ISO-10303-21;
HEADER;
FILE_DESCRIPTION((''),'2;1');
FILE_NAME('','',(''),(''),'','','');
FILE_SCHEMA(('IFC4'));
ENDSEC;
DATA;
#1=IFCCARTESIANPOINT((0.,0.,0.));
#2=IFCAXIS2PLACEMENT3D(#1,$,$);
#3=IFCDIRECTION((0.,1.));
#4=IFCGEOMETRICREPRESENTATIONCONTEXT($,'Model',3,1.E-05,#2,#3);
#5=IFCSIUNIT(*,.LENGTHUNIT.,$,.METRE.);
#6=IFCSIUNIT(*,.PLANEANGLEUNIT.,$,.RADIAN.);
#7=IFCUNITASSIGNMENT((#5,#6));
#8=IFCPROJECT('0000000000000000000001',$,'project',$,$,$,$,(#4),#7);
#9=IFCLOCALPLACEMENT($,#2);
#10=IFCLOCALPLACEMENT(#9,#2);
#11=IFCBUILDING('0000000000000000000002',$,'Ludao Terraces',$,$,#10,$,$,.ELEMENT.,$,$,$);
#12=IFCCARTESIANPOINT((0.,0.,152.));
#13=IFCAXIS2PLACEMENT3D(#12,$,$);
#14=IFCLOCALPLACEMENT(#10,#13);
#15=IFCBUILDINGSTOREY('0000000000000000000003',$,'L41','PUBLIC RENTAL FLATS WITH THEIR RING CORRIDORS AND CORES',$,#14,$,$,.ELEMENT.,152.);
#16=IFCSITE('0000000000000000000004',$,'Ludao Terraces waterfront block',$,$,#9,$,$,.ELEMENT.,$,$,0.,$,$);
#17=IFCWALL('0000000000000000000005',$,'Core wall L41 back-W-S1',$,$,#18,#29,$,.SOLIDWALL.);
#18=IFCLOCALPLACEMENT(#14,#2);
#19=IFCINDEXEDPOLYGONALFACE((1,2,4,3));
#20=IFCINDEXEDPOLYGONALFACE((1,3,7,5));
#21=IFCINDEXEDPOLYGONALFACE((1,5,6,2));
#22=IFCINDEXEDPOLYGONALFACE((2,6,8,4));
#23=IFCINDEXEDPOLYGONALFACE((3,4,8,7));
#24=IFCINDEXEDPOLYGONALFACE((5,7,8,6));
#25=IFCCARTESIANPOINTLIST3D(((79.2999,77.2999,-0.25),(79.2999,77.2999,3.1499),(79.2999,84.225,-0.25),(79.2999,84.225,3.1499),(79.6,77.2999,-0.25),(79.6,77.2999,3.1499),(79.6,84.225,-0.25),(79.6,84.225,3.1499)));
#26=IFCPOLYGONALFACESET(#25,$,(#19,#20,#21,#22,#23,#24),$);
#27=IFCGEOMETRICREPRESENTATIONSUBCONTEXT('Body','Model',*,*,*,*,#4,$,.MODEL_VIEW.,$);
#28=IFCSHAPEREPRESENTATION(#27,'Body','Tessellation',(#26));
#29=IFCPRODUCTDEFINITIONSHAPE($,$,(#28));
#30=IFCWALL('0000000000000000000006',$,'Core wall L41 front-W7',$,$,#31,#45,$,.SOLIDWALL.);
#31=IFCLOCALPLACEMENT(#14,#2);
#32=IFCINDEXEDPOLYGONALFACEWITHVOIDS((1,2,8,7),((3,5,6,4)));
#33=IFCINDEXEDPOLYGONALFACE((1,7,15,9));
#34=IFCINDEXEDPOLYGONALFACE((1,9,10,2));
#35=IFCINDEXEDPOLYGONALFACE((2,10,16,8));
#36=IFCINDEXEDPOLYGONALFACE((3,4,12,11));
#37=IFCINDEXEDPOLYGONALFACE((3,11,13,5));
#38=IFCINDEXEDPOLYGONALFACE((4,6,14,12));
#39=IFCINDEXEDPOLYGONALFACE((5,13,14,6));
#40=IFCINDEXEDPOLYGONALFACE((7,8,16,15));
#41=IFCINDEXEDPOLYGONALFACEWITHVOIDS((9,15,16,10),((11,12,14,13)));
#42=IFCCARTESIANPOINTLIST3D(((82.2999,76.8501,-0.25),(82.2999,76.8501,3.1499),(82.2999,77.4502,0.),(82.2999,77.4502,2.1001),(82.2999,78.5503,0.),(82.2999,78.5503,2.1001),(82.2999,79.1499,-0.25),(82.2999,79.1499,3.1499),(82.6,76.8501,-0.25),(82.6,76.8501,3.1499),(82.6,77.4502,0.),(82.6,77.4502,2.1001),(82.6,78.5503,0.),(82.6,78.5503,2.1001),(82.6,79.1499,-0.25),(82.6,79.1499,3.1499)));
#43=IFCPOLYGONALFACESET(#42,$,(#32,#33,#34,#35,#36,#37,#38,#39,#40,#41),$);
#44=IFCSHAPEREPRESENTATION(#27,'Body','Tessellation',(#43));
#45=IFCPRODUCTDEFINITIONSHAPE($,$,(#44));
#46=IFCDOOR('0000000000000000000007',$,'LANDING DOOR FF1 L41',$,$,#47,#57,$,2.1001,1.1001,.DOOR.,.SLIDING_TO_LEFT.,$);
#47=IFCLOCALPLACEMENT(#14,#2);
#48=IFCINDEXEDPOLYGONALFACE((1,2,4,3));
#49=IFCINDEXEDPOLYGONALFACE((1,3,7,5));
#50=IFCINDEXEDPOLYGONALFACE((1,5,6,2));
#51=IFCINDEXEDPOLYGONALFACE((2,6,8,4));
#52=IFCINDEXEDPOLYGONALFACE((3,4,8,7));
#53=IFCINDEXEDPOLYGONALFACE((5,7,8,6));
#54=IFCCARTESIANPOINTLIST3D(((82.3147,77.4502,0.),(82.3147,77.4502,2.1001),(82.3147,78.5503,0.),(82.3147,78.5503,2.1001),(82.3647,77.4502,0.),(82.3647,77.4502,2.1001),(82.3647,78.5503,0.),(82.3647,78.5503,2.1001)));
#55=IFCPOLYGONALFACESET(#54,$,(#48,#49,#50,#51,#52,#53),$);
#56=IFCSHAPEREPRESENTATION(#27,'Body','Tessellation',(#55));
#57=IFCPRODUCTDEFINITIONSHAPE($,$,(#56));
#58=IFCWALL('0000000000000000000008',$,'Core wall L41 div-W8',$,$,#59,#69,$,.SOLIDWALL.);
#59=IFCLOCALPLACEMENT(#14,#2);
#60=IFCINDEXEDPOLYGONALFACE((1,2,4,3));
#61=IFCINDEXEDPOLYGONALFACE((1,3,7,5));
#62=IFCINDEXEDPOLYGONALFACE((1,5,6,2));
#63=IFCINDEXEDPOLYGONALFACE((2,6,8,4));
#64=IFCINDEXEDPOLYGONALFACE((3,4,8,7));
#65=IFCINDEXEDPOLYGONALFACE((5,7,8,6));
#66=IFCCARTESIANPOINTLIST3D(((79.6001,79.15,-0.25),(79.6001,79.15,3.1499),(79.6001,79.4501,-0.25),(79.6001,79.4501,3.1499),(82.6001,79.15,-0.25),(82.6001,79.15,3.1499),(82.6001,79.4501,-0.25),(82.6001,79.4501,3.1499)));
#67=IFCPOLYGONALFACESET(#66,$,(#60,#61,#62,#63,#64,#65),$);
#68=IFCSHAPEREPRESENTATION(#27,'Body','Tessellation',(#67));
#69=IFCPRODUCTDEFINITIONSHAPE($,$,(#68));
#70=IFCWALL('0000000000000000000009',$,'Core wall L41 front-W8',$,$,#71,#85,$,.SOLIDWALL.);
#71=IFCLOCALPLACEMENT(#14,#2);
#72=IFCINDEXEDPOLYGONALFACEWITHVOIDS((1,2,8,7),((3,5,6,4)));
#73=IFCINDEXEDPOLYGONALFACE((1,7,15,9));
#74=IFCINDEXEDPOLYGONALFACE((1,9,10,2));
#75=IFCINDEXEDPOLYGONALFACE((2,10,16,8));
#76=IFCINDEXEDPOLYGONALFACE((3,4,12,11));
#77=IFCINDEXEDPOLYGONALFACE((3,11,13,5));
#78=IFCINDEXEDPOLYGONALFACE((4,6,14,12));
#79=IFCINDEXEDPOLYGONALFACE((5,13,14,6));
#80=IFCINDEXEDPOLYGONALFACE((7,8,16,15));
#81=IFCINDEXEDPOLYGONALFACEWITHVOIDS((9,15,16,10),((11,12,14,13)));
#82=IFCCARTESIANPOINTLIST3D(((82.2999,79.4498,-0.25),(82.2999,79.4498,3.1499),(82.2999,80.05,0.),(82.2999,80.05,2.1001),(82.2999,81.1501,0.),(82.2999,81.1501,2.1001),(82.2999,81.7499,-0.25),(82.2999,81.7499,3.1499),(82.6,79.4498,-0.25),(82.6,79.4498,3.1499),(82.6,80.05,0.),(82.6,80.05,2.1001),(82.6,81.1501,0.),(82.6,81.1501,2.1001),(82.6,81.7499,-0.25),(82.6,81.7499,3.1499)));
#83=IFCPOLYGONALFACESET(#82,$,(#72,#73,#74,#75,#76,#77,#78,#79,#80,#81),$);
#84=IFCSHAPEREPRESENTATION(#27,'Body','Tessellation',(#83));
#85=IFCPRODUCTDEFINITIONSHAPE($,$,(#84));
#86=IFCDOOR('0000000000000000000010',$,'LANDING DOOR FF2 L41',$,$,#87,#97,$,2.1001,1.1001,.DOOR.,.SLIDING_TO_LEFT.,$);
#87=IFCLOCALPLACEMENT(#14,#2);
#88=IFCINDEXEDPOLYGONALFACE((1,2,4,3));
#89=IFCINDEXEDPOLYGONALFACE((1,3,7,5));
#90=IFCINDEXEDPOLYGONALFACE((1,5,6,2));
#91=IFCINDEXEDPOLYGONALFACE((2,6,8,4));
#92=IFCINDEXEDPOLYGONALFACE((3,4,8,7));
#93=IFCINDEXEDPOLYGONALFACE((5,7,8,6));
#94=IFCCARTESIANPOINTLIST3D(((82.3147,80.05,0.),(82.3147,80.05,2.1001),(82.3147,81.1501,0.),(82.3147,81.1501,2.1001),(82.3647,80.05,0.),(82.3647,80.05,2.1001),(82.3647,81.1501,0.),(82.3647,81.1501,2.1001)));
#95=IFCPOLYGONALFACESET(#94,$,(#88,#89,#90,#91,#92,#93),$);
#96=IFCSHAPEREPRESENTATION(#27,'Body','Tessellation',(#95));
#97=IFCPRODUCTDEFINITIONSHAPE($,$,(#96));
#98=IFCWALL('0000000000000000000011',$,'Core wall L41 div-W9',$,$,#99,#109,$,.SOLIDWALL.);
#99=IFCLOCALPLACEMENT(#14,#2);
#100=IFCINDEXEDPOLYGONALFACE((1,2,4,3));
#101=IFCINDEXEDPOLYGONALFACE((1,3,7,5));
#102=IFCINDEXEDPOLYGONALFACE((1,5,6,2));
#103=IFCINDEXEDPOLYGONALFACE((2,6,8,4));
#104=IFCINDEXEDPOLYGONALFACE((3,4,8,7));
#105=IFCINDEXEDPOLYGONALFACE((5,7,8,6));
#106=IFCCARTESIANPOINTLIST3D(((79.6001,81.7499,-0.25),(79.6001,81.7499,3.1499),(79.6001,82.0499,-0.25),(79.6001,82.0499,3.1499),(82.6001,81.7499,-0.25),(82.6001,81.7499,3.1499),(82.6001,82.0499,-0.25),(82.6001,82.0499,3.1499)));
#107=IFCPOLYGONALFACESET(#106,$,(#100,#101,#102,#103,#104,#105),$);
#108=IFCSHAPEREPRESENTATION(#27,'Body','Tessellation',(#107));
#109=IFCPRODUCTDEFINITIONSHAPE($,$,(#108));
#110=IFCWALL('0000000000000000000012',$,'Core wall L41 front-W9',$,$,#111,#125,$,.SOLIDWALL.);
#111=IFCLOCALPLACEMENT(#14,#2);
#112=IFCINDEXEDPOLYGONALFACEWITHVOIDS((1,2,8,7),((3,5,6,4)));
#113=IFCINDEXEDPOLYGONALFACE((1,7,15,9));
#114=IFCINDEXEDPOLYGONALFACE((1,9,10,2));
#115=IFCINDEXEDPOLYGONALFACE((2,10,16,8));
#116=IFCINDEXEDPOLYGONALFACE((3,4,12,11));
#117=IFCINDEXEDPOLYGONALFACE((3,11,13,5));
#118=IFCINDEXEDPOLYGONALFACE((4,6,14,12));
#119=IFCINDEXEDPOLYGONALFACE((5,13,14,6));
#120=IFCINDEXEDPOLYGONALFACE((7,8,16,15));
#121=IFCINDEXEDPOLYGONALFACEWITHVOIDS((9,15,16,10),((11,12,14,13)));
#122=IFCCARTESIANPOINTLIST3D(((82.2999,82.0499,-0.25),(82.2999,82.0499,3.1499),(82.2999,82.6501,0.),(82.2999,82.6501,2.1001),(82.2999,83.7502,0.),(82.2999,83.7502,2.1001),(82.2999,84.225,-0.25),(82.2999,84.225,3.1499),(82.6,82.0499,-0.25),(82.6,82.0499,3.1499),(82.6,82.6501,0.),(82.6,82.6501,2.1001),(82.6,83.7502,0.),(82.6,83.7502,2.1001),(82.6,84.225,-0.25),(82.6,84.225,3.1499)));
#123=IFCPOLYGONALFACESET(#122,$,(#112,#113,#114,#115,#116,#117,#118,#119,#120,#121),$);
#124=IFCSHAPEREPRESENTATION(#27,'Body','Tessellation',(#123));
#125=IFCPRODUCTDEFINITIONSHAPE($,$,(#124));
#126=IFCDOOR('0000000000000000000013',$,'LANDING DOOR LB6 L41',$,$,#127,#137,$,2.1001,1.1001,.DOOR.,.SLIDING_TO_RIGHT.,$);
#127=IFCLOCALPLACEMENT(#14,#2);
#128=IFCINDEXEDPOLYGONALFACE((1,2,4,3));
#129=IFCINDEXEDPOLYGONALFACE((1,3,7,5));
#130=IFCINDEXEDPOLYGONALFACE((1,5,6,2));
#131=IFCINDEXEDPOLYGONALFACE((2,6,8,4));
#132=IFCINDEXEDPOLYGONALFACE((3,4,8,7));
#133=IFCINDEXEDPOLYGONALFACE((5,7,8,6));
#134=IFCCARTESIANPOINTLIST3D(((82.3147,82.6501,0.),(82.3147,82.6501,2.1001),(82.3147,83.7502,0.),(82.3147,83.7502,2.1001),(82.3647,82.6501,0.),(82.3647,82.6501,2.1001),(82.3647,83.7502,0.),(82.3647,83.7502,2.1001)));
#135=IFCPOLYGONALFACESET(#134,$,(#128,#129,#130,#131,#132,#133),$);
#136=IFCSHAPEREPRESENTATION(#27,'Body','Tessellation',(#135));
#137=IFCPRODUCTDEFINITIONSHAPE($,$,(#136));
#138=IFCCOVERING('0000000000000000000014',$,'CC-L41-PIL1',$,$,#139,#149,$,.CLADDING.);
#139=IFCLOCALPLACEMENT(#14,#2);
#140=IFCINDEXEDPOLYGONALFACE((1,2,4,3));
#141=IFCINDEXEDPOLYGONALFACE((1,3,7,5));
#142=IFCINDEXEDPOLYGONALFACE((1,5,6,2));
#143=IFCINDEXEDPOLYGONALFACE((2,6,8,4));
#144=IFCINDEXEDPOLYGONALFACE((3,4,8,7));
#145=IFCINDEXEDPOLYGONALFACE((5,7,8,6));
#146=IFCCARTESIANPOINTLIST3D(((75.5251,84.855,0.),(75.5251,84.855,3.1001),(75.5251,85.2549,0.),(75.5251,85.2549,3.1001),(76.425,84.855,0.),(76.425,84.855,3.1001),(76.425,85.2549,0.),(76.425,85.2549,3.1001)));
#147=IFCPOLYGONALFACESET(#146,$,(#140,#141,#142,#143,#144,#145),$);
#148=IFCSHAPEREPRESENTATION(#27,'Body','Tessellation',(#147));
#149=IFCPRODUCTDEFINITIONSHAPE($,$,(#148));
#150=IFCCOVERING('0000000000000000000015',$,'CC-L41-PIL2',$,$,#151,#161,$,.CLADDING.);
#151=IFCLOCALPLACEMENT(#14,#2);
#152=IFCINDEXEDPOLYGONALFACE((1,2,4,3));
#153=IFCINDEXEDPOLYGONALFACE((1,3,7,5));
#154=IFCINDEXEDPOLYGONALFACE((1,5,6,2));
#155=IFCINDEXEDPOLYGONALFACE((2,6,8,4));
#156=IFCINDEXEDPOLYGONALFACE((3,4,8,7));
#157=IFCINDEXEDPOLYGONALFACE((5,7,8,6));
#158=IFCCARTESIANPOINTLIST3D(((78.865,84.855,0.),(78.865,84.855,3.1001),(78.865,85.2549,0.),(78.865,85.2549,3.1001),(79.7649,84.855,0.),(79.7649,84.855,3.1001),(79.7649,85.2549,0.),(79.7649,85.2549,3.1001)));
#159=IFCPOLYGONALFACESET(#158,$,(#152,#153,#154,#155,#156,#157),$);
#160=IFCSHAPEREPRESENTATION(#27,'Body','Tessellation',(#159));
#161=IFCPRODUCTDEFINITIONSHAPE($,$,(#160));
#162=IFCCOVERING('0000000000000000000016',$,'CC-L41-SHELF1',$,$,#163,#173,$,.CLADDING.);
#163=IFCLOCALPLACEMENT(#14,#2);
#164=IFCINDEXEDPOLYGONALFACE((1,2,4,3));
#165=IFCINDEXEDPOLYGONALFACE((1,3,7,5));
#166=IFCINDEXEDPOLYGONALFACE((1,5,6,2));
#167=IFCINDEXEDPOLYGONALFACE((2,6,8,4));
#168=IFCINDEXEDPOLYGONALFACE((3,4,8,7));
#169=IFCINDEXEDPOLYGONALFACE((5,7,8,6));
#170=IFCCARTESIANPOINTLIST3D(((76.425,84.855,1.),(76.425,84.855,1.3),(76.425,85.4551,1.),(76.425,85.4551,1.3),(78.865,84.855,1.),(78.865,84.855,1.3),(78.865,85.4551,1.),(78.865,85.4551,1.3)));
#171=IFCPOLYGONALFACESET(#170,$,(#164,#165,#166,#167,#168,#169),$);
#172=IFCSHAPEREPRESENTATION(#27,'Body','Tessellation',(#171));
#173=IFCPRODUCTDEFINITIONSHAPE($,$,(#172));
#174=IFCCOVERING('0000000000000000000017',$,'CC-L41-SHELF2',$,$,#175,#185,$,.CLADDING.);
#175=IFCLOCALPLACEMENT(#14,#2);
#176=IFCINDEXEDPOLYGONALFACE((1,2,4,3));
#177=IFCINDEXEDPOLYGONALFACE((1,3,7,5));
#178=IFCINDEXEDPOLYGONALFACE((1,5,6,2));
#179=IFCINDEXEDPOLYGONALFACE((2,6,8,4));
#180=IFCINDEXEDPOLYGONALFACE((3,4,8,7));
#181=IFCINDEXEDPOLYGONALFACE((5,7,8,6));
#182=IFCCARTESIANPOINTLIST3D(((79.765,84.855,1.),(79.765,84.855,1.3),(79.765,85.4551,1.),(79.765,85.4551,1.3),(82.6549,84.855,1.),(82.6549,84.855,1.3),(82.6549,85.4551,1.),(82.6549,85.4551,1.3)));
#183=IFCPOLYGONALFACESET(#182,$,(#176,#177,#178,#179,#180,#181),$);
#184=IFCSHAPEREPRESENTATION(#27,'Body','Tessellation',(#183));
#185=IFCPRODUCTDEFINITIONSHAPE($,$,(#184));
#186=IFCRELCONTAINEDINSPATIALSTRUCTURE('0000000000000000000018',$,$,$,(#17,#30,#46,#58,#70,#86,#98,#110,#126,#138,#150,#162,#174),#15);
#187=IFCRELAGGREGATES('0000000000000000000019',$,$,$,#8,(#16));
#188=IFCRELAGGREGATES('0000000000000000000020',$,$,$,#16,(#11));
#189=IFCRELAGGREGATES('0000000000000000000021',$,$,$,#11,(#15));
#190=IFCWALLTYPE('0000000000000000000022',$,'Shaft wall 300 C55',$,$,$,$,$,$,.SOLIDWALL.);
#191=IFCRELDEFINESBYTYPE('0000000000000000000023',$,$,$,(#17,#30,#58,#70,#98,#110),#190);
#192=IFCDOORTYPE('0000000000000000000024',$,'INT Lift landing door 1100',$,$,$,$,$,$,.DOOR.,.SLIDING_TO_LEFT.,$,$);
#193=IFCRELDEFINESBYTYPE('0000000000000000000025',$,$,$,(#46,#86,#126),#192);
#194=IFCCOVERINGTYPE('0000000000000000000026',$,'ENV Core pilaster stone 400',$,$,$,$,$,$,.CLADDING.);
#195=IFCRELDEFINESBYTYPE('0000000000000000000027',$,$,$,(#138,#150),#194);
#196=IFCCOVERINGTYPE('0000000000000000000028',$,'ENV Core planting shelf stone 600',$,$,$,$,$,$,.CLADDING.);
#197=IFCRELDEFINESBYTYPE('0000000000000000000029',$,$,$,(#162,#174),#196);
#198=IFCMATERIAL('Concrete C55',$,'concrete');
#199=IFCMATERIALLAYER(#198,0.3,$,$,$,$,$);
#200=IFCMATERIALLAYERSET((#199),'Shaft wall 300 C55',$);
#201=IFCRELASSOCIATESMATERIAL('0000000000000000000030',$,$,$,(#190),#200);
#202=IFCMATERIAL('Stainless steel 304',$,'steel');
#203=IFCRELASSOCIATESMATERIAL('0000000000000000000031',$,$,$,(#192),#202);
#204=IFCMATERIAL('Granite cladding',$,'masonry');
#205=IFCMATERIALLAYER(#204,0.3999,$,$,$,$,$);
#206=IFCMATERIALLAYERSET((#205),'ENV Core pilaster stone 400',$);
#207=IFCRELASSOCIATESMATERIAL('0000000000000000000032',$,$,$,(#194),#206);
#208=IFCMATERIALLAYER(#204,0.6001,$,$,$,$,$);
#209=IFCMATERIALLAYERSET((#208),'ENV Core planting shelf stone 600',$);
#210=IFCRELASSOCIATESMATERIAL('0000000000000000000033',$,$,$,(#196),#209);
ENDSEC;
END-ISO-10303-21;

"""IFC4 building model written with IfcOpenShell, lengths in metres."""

from ifc_helpers import new_model, si_unit, direction, frame, frame_2d, origin, origin_2d, place, context, subcontext, project, spatial, rectangle, extrude, material, layer, layer_set, type_object, element, fill, save


model = new_model("IFC4")

# Units and contexts
model_context = context("Model", 3, precision=1e-05, world=origin(), true_north=direction((0.0, 1.0)))
body_context = subcontext(model_context, "Body", "Model", "MODEL_VIEW")
ifc_project = project(units=[si_unit("LENGTHUNIT", "METRE"), si_unit("PLANEANGLEUNIT", "RADIAN")], contexts=[model_context])

# Site, building, storey
site_placement = place(None, origin())
site = spatial("IfcSite", under=ifc_project, at=site_placement, Name="Ludao Terraces waterfront block", CompositionType="ELEMENT", RefElevation=0.0)
building_placement = place(site_placement, origin())
building = spatial("IfcBuilding", under=site, at=building_placement, Name="Ludao Terraces", CompositionType="ELEMENT")
storey_placement = place(building_placement, frame((0.0, 0.0, 152.0)))
storey = spatial("IfcBuildingStorey", under=building, at=storey_placement, Name="L41", Description="PUBLIC RENTAL FLATS WITH THEIR RING CORRIDORS AND CORES", CompositionType="ELEMENT", Elevation=152.0)

# Wall
ifc_material_1 = material(Name="Concrete C55", Category="concrete")
ifc_layer_1 = layer(ifc_material_1, 0.3)
ifc_layer_set_1 = layer_set([ifc_layer_1], Name="Shaft wall 300 C55")
wall_type = type_object("IfcWallType", Name="Shaft wall 300 C55", PredefinedType="SOLIDWALL", material=ifc_layer_set_1)
wall_1_placement = place(storey_placement, frame((79.45, 77.3, -0.25), z_axis=(0.0, 0.0, 1.0), x_axis=(0.0, 1.0, 0.0)))
element("IfcWall", 1, at=wall_1_placement, inside=storey, type_object=wall_type, Name="Core wall L41 back-W-S1", PredefinedType="SOLIDWALL", context=body_context, shape_type="SweptSolid", body=[
    extrude(rectangle(XDim=6.925, YDim=0.3, at=frame_2d((3.4624, 0.0))), origin(), (0.0, 0.0, 1.0), 3.3999),
])

# Wall, opening, door
wall_2_placement = place(storey_placement, frame((82.45, 76.8501, -0.25), z_axis=(0.0, 0.0, 1.0), x_axis=(0.0, 1.0, 0.0)))
wall_2 = element("IfcWall", 2, at=wall_2_placement, inside=storey, type_object=wall_type, Name="Core wall L41 front-W7", PredefinedType="SOLIDWALL", context=body_context, shape_type="SweptSolid", body=[
    extrude(rectangle(XDim=2.2998, YDim=0.3, at=frame_2d((1.1499, 0.0))), origin(), (0.0, 0.0, 1.0), 3.3999),
])
opening_1_placement = place(wall_2_placement, frame((0.6001, 0.0, 0.25)))
opening_1 = element("IfcOpeningElement", 3, at=opening_1_placement, cuts=wall_2, PredefinedType="OPENING", context=body_context, shape_type="SweptSolid", body=[
    extrude(rectangle(XDim=1.1001, YDim=2.1001, at=frame_2d((0.55, 1.05))), frame((0.0, 0.1602, 0.0), z_axis=(0.0, -1.0, 0.0), x_axis=(1.0, 0.0, 0.0)), (0.0, 0.0, 1.0), 0.3201),
])
ifc_material_2 = material(Name="Stainless steel 304", Category="steel")
door_type = type_object("IfcDoorType", Name="INT Lift landing door 1100", OperationType="SLIDING_TO_LEFT", PredefinedType="DOOR", material=ifc_material_2)
door_1_placement = place(opening_1_placement, origin())
door_1 = element("IfcDoor", 4, at=door_1_placement, inside=storey, type_object=door_type, Name="LANDING DOOR FF1 L41", OperationType="SLIDING_TO_LEFT", OverallHeight=2.1001, OverallWidth=1.1001, PredefinedType="DOOR", context=body_context, shape_type="SweptSolid", body=[
    extrude(rectangle(XDim=1.1001, YDim=2.1001, at=frame_2d((0.55, 1.05))), frame((0.0, 0.1353, 0.0), z_axis=(0.0, -1.0, 0.0), x_axis=(1.0, 0.0, 0.0)), (0.0, 0.0, 1.0), 0.05),
])
fill(opening_1, door_1)

# Wall
wall_3_placement = place(storey_placement, frame((79.6001, 79.3, -0.25), z_axis=(0.0, 0.0, 1.0), x_axis=(1.0, 0.0, 0.0)))
element("IfcWall", 5, at=wall_3_placement, inside=storey, type_object=wall_type, Name="Core wall L41 div-W8", PredefinedType="SOLIDWALL", context=body_context, shape_type="SweptSolid", body=[
    extrude(rectangle(XDim=3.0, YDim=0.3, at=frame_2d((1.5, 0.0))), origin(), (0.0, 0.0, 1.0), 3.3999),
])

# Wall, opening, door
wall_4_placement = place(storey_placement, frame((82.45, 79.45, -0.25), z_axis=(0.0, 0.0, 1.0), x_axis=(0.0, 1.0, 0.0)))
wall_4 = element("IfcWall", 6, at=wall_4_placement, inside=storey, type_object=wall_type, Name="Core wall L41 front-W8", PredefinedType="SOLIDWALL", context=body_context, shape_type="SweptSolid", body=[
    extrude(rectangle(XDim=2.3, YDim=0.3, at=frame_2d((1.1499, 0.0))), origin(), (0.0, 0.0, 1.0), 3.3999),
])
opening_2_placement = place(wall_4_placement, frame((0.6001, 0.0, 0.25)))
opening_2 = element("IfcOpeningElement", 7, at=opening_2_placement, cuts=wall_4, PredefinedType="OPENING", context=body_context, shape_type="SweptSolid", body=[
    extrude(rectangle(XDim=1.1001, YDim=2.1001, at=frame_2d((0.55, 1.05))), frame((0.0, 0.1602, 0.0), z_axis=(0.0, -1.0, 0.0), x_axis=(1.0, 0.0, 0.0)), (0.0, 0.0, 1.0), 0.3201),
])
door_2_placement = place(opening_2_placement, origin())
door_2 = element("IfcDoor", 8, at=door_2_placement, inside=storey, type_object=door_type, Name="LANDING DOOR FF2 L41", OperationType="SLIDING_TO_LEFT", OverallHeight=2.1001, OverallWidth=1.1001, PredefinedType="DOOR", context=body_context, shape_type="SweptSolid", body=[
    extrude(rectangle(XDim=1.1001, YDim=2.1001, at=frame_2d((0.55, 1.05))), frame((0.0, 0.1353, 0.0), z_axis=(0.0, -1.0, 0.0), x_axis=(1.0, 0.0, 0.0)), (0.0, 0.0, 1.0), 0.05),
])
fill(opening_2, door_2)

# Wall
wall_5_placement = place(storey_placement, frame((79.6001, 81.8999, -0.25), z_axis=(0.0, 0.0, 1.0), x_axis=(1.0, 0.0, 0.0)))
element("IfcWall", 9, at=wall_5_placement, inside=storey, type_object=wall_type, Name="Core wall L41 div-W9", PredefinedType="SOLIDWALL", context=body_context, shape_type="SweptSolid", body=[
    extrude(rectangle(XDim=3.0, YDim=0.3, at=frame_2d((1.5, 0.0))), origin(), (0.0, 0.0, 1.0), 3.3999),
])

# Wall, opening, door
wall_6_placement = place(storey_placement, frame((82.45, 82.05, -0.25), z_axis=(0.0, 0.0, 1.0), x_axis=(0.0, 1.0, 0.0)))
wall_6 = element("IfcWall", 10, at=wall_6_placement, inside=storey, type_object=wall_type, Name="Core wall L41 front-W9", PredefinedType="SOLIDWALL", context=body_context, shape_type="SweptSolid", body=[
    extrude(rectangle(XDim=2.175, YDim=0.3, at=frame_2d((1.0874, 0.0))), origin(), (0.0, 0.0, 1.0), 3.3999),
])
opening_3_placement = place(wall_6_placement, frame((0.6001, 0.0, 0.25)))
opening_3 = element("IfcOpeningElement", 11, at=opening_3_placement, cuts=wall_6, PredefinedType="OPENING", context=body_context, shape_type="SweptSolid", body=[
    extrude(rectangle(XDim=1.1001, YDim=2.1001, at=frame_2d((0.55, 1.05))), frame((0.0, 0.1602, 0.0), z_axis=(0.0, -1.0, 0.0), x_axis=(1.0, 0.0, 0.0)), (0.0, 0.0, 1.0), 0.3201),
])
door_3_placement = place(opening_3_placement, origin())
door_3 = element("IfcDoor", 12, at=door_3_placement, inside=storey, type_object=door_type, Name="LANDING DOOR LB6 L41", OperationType="SLIDING_TO_RIGHT", OverallHeight=2.1001, OverallWidth=1.1001, PredefinedType="DOOR", context=body_context, shape_type="SweptSolid", body=[
    extrude(rectangle(XDim=1.1001, YDim=2.1001, at=frame_2d((0.55, 1.05))), frame((0.0, 0.1353, 0.0), z_axis=(0.0, -1.0, 0.0), x_axis=(1.0, 0.0, 0.0)), (0.0, 0.0, 1.0), 0.05),
])
fill(opening_3, door_3)

# Coverings
ifc_material_3 = material(Name="Granite cladding", Category="masonry")
ifc_layer_2 = layer(ifc_material_3, 0.3999)
ifc_layer_set_2 = layer_set([ifc_layer_2], Name="ENV Core pilaster stone 400")
covering_type_1 = type_object("IfcCoveringType", Name="ENV Core pilaster stone 400", PredefinedType="CLADDING", material=ifc_layer_set_2)
for number, where, z_axis, x_axis, name in (
    (13, (75.9751, 85.0549, 0.0), (0.0, 0.0, 1.0), (1.0, 0.0, 0.0), "CC-L41-PIL1"),
    (14, (79.3149, 85.0549, 0.0), (0.0, 0.0, 1.0), (1.0, 0.0, 0.0), "CC-L41-PIL2"),
):
    element("IfcCovering", number, at=place(storey_placement, frame(where, z_axis=z_axis, x_axis=x_axis)), inside=storey, type_object=covering_type_1, Name=name, PredefinedType="CLADDING", context=body_context, shape_type="SweptSolid", body=[
        extrude(rectangle(XDim=0.8999, YDim=0.3999, at=origin_2d()), origin(), (0.0, 0.0, 1.0), 3.1001),
    ])
ifc_layer_3 = layer(ifc_material_3, 0.6001)
ifc_layer_set_3 = layer_set([ifc_layer_3], Name="ENV Core planting shelf stone 600")
covering_type_2 = type_object("IfcCoveringType", Name="ENV Core planting shelf stone 600", PredefinedType="CLADDING", material=ifc_layer_set_3)
covering_1_placement = place(storey_placement, frame((77.645, 85.155, 1.0), z_axis=(0.0, 0.0, 1.0), x_axis=(1.0, 0.0, 0.0)))
element("IfcCovering", 15, at=covering_1_placement, inside=storey, type_object=covering_type_2, Name="CC-L41-SHELF1", PredefinedType="CLADDING", context=body_context, shape_type="SweptSolid", body=[
    extrude(rectangle(XDim=2.4399, YDim=0.6001, at=origin_2d()), origin(), (0.0, 0.0, 1.0), 0.3),
])
covering_2_placement = place(storey_placement, frame((81.21, 85.155, 1.0), z_axis=(0.0, 0.0, 1.0), x_axis=(1.0, 0.0, 0.0)))
element("IfcCovering", 16, at=covering_2_placement, inside=storey, type_object=covering_type_2, Name="CC-L41-SHELF2", PredefinedType="CLADDING", context=body_context, shape_type="SweptSolid", body=[
    extrude(rectangle(XDim=2.8899, YDim=0.6001, at=origin_2d()), origin(), (0.0, 0.0, 1.0), 0.3),
])

save(model, "model.ifc")
